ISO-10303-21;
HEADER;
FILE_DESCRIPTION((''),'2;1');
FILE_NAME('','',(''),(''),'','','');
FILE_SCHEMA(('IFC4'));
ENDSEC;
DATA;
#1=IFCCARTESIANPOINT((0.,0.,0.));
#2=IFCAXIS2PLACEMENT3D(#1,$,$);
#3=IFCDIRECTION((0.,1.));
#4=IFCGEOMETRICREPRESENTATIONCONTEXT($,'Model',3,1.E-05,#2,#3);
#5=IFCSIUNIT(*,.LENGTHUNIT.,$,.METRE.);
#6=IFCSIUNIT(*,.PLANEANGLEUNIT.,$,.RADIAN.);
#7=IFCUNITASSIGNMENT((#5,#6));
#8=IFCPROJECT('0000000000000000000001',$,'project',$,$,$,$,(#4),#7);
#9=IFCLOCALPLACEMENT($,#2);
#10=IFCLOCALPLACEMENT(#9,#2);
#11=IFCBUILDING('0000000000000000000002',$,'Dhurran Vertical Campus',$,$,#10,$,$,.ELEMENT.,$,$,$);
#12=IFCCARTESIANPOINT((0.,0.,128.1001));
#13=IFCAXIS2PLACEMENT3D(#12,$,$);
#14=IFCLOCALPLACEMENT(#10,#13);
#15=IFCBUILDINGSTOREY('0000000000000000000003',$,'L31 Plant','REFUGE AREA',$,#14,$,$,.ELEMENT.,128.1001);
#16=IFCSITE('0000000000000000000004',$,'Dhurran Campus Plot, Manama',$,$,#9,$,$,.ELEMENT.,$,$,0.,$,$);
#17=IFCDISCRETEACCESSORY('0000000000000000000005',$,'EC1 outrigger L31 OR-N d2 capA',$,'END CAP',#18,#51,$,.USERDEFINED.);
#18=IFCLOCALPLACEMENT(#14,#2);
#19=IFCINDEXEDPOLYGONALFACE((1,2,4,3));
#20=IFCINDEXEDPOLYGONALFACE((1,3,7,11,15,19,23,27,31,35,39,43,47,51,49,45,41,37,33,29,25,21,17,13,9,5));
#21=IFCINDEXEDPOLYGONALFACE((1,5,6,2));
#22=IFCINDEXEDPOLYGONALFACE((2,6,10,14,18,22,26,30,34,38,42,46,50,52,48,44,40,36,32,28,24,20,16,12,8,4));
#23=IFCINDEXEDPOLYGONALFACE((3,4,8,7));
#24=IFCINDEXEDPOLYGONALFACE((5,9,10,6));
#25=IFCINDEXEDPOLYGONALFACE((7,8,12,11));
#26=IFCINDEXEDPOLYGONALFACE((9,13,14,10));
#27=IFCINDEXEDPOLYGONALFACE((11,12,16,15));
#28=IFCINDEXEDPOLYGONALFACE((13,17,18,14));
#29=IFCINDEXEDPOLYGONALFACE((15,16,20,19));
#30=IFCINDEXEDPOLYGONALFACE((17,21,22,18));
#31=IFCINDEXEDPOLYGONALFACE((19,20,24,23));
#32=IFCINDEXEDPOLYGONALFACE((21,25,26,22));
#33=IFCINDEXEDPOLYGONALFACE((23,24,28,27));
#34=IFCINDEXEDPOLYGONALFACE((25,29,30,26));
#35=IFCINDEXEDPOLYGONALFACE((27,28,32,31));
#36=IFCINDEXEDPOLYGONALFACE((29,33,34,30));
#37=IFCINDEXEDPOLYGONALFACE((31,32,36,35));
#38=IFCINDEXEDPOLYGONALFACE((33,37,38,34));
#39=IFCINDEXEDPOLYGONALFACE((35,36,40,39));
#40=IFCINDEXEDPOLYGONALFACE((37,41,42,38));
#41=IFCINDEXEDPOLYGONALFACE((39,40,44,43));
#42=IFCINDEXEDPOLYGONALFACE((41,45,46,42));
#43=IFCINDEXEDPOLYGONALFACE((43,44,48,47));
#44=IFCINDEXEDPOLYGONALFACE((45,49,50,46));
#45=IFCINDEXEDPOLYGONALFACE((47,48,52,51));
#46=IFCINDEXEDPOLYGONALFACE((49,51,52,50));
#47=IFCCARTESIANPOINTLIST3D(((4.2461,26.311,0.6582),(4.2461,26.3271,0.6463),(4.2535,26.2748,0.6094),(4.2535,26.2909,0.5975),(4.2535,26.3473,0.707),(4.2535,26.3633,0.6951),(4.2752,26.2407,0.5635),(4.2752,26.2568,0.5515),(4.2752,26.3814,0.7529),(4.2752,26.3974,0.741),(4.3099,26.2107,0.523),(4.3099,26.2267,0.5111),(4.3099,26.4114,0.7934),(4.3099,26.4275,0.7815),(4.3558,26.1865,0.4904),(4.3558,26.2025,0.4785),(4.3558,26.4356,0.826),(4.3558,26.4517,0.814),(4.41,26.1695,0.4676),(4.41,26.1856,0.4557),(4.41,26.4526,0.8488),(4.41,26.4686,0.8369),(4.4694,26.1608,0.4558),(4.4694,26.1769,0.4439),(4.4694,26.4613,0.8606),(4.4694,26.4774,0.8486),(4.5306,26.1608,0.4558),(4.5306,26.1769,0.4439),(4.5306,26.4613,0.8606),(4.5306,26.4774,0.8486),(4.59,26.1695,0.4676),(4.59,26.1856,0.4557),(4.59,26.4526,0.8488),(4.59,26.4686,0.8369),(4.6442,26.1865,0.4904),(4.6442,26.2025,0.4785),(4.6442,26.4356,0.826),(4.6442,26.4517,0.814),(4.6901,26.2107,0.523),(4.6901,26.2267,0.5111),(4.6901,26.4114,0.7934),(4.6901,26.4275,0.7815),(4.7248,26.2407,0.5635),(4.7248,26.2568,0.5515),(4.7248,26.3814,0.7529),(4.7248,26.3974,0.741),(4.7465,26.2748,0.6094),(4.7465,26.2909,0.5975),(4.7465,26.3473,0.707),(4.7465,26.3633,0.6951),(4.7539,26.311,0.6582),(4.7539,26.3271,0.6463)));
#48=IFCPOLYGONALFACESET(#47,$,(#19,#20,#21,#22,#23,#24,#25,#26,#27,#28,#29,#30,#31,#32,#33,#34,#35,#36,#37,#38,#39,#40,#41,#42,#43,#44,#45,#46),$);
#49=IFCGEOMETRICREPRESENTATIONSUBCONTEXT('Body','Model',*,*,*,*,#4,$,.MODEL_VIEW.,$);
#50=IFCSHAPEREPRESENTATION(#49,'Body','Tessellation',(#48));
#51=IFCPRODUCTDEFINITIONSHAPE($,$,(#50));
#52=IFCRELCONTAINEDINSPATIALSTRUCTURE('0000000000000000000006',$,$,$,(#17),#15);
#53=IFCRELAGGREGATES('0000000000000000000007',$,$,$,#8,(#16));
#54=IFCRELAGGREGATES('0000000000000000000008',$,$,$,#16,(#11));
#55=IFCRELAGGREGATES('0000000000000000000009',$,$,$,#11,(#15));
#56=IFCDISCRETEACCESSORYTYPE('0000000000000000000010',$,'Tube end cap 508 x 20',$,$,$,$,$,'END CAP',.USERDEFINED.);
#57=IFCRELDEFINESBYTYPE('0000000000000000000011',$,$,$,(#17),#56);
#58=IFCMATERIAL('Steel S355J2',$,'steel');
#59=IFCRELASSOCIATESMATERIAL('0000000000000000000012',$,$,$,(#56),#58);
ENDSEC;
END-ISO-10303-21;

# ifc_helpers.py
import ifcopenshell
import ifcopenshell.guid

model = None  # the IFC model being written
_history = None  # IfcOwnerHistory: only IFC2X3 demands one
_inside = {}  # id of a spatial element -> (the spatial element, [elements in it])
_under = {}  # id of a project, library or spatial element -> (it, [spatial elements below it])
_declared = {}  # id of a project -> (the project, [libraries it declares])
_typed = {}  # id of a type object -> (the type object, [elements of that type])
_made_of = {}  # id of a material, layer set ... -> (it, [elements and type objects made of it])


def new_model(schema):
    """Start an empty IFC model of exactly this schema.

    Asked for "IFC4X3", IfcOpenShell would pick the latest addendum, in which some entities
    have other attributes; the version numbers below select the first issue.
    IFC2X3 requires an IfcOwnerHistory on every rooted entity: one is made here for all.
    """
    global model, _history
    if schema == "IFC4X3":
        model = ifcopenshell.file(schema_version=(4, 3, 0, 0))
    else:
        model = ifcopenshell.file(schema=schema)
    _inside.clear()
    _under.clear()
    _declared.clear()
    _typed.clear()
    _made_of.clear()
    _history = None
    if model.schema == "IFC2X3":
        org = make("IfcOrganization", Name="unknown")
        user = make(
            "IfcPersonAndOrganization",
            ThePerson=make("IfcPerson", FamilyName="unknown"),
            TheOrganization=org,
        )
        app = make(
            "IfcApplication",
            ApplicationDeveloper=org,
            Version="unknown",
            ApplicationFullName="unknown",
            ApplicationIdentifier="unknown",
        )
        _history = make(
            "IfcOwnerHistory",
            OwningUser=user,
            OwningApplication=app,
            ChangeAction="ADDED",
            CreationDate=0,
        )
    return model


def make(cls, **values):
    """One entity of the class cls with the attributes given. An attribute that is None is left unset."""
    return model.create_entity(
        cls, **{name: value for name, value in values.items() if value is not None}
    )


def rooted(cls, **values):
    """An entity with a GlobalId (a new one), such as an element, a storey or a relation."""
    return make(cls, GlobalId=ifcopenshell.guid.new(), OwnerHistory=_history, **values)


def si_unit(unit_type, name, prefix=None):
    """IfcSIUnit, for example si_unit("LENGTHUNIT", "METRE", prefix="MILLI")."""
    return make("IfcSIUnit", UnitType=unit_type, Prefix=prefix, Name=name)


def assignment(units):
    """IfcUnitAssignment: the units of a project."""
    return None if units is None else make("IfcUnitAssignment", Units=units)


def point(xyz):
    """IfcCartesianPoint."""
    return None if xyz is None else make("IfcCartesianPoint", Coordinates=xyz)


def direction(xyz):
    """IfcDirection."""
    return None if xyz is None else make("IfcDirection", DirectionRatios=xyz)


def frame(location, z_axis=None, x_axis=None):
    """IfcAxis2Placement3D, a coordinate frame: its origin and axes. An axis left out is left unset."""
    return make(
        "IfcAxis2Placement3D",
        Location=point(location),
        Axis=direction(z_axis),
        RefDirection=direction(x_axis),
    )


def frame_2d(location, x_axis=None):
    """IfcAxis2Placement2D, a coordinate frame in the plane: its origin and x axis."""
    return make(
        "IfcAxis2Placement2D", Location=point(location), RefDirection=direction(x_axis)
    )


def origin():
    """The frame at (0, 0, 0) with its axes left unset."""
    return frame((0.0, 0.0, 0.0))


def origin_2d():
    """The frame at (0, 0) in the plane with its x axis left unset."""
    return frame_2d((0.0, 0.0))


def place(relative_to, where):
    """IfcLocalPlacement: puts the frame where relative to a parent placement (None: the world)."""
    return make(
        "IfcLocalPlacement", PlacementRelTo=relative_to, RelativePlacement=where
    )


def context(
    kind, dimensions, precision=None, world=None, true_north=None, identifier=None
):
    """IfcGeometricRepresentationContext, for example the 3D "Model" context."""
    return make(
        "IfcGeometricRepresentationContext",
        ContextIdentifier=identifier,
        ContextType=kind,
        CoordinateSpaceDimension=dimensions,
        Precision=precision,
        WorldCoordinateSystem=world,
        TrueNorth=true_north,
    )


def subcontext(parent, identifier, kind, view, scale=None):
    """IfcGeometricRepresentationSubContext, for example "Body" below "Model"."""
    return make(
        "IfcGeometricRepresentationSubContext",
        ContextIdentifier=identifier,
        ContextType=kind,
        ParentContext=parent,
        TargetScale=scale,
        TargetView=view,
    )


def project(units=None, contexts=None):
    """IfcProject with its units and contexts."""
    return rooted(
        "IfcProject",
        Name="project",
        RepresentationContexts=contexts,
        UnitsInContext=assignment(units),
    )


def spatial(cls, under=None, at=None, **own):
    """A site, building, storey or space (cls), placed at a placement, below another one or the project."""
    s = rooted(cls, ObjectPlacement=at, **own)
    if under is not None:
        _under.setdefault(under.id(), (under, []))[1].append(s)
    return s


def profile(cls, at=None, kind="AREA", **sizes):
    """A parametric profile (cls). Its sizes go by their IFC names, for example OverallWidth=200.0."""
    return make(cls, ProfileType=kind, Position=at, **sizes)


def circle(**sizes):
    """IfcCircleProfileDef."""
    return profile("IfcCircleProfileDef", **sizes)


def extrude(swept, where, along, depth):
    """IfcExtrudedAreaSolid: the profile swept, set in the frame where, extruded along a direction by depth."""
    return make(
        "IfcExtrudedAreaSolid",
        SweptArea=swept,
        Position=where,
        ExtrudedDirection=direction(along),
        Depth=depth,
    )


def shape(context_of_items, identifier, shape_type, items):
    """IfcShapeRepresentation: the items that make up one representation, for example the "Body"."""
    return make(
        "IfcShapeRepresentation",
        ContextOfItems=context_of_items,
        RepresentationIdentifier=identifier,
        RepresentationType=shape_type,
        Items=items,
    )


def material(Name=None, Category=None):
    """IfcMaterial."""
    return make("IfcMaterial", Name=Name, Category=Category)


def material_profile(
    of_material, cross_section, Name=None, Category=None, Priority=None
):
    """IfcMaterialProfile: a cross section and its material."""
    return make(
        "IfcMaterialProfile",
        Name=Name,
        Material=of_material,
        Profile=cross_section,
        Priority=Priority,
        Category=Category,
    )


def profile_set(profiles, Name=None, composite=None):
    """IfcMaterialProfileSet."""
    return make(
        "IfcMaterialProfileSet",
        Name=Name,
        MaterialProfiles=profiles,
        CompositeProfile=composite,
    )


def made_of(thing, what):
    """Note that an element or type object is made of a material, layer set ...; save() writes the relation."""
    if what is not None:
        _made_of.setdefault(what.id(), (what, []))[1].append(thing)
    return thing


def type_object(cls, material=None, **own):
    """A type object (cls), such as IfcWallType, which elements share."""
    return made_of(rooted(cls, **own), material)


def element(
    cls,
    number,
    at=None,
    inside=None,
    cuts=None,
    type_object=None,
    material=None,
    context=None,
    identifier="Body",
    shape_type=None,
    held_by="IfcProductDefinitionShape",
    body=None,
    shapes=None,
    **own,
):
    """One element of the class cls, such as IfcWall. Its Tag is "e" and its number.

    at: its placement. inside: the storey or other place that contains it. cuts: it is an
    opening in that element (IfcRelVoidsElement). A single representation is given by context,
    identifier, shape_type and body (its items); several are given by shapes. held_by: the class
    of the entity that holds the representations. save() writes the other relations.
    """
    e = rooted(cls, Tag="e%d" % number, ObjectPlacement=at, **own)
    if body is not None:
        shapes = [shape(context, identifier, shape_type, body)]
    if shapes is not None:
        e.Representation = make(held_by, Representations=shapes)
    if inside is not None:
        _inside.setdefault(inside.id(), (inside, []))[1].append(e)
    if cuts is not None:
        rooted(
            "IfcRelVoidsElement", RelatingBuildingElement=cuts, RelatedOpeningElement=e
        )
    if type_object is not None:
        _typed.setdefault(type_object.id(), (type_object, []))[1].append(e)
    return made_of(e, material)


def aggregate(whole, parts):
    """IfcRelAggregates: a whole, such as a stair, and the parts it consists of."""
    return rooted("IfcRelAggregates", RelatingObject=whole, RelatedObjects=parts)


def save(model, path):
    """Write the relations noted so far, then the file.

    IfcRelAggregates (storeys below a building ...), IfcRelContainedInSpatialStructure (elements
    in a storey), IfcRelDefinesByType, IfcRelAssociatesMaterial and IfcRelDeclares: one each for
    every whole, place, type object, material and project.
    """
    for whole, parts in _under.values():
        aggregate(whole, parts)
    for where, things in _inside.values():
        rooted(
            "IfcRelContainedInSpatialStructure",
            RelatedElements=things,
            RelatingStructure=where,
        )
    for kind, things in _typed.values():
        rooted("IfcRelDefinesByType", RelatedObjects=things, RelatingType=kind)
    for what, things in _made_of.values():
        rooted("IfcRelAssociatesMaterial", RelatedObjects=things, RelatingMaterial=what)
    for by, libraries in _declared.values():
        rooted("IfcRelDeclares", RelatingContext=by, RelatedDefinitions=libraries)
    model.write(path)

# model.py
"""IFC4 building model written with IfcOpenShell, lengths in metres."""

from ifc_helpers import new_model, si_unit, direction, frame, origin, origin_2d, place, context, subcontext, project, spatial, circle, extrude, material, material_profile, profile_set, type_object, element, save


model = new_model("IFC4")

# Units and contexts
model_context = context("Model", 3, precision=1e-05, world=origin(), true_north=direction((0.0, 1.0)))
body_context = subcontext(model_context, "Body", "Model", "MODEL_VIEW")
ifc_project = project(units=[si_unit("LENGTHUNIT", "METRE"), si_unit("PLANEANGLEUNIT", "RADIAN")], contexts=[model_context])

# Site, building, storey
site_placement = place(None, origin())
site = spatial("IfcSite", under=ifc_project, at=site_placement, Name="Dhurran Campus Plot, Manama", CompositionType="ELEMENT", RefElevation=0.0)
building_placement = place(site_placement, origin())
building = spatial("IfcBuilding", under=site, at=building_placement, Name="Dhurran Vertical Campus", CompositionType="ELEMENT")
storey_placement = place(building_placement, frame((0.0, 0.0, 128.1001)))
storey = spatial("IfcBuildingStorey", under=building, at=storey_placement, Name="L31 Plant", Description="REFUGE AREA", CompositionType="ELEMENT", Elevation=128.1001)

# Discrete accessory
ifc_material_1 = material(Name="Steel S355J2", Category="steel")
ifc_material_profile_1 = material_profile(ifc_material_1, circle(Radius=0.2539, at=origin_2d()), Name="Tube end cap 508 x 20")
ifc_profile_set_1 = profile_set([ifc_material_profile_1], Name="Steel S355J2")
discrete_accessory_type_1 = type_object("IfcDiscreteAccessoryType", Name="Tube end cap 508 x 20", ElementType="END CAP", PredefinedType="USERDEFINED", material=ifc_profile_set_1)
discrete_accessory_placement = place(storey_placement, frame((4.5, 26.311, 0.6582), z_axis=(0.0, 0.80291, -0.5961), x_axis=(-1.0, 0.0, 0.0)))
element("IfcDiscreteAccessory", 1, at=discrete_accessory_placement, inside=storey, type_object=discrete_accessory_type_1, Name="EC1 outrigger L31 OR-N d2 capA", ObjectType="END CAP", PredefinedType="USERDEFINED", context=body_context, shape_type="SweptSolid", body=[
    extrude(circle(Radius=0.2539, at=origin_2d()), origin(), (0.0, 0.0, 1.0), 0.02),
])

save(model, "model.ifc")
